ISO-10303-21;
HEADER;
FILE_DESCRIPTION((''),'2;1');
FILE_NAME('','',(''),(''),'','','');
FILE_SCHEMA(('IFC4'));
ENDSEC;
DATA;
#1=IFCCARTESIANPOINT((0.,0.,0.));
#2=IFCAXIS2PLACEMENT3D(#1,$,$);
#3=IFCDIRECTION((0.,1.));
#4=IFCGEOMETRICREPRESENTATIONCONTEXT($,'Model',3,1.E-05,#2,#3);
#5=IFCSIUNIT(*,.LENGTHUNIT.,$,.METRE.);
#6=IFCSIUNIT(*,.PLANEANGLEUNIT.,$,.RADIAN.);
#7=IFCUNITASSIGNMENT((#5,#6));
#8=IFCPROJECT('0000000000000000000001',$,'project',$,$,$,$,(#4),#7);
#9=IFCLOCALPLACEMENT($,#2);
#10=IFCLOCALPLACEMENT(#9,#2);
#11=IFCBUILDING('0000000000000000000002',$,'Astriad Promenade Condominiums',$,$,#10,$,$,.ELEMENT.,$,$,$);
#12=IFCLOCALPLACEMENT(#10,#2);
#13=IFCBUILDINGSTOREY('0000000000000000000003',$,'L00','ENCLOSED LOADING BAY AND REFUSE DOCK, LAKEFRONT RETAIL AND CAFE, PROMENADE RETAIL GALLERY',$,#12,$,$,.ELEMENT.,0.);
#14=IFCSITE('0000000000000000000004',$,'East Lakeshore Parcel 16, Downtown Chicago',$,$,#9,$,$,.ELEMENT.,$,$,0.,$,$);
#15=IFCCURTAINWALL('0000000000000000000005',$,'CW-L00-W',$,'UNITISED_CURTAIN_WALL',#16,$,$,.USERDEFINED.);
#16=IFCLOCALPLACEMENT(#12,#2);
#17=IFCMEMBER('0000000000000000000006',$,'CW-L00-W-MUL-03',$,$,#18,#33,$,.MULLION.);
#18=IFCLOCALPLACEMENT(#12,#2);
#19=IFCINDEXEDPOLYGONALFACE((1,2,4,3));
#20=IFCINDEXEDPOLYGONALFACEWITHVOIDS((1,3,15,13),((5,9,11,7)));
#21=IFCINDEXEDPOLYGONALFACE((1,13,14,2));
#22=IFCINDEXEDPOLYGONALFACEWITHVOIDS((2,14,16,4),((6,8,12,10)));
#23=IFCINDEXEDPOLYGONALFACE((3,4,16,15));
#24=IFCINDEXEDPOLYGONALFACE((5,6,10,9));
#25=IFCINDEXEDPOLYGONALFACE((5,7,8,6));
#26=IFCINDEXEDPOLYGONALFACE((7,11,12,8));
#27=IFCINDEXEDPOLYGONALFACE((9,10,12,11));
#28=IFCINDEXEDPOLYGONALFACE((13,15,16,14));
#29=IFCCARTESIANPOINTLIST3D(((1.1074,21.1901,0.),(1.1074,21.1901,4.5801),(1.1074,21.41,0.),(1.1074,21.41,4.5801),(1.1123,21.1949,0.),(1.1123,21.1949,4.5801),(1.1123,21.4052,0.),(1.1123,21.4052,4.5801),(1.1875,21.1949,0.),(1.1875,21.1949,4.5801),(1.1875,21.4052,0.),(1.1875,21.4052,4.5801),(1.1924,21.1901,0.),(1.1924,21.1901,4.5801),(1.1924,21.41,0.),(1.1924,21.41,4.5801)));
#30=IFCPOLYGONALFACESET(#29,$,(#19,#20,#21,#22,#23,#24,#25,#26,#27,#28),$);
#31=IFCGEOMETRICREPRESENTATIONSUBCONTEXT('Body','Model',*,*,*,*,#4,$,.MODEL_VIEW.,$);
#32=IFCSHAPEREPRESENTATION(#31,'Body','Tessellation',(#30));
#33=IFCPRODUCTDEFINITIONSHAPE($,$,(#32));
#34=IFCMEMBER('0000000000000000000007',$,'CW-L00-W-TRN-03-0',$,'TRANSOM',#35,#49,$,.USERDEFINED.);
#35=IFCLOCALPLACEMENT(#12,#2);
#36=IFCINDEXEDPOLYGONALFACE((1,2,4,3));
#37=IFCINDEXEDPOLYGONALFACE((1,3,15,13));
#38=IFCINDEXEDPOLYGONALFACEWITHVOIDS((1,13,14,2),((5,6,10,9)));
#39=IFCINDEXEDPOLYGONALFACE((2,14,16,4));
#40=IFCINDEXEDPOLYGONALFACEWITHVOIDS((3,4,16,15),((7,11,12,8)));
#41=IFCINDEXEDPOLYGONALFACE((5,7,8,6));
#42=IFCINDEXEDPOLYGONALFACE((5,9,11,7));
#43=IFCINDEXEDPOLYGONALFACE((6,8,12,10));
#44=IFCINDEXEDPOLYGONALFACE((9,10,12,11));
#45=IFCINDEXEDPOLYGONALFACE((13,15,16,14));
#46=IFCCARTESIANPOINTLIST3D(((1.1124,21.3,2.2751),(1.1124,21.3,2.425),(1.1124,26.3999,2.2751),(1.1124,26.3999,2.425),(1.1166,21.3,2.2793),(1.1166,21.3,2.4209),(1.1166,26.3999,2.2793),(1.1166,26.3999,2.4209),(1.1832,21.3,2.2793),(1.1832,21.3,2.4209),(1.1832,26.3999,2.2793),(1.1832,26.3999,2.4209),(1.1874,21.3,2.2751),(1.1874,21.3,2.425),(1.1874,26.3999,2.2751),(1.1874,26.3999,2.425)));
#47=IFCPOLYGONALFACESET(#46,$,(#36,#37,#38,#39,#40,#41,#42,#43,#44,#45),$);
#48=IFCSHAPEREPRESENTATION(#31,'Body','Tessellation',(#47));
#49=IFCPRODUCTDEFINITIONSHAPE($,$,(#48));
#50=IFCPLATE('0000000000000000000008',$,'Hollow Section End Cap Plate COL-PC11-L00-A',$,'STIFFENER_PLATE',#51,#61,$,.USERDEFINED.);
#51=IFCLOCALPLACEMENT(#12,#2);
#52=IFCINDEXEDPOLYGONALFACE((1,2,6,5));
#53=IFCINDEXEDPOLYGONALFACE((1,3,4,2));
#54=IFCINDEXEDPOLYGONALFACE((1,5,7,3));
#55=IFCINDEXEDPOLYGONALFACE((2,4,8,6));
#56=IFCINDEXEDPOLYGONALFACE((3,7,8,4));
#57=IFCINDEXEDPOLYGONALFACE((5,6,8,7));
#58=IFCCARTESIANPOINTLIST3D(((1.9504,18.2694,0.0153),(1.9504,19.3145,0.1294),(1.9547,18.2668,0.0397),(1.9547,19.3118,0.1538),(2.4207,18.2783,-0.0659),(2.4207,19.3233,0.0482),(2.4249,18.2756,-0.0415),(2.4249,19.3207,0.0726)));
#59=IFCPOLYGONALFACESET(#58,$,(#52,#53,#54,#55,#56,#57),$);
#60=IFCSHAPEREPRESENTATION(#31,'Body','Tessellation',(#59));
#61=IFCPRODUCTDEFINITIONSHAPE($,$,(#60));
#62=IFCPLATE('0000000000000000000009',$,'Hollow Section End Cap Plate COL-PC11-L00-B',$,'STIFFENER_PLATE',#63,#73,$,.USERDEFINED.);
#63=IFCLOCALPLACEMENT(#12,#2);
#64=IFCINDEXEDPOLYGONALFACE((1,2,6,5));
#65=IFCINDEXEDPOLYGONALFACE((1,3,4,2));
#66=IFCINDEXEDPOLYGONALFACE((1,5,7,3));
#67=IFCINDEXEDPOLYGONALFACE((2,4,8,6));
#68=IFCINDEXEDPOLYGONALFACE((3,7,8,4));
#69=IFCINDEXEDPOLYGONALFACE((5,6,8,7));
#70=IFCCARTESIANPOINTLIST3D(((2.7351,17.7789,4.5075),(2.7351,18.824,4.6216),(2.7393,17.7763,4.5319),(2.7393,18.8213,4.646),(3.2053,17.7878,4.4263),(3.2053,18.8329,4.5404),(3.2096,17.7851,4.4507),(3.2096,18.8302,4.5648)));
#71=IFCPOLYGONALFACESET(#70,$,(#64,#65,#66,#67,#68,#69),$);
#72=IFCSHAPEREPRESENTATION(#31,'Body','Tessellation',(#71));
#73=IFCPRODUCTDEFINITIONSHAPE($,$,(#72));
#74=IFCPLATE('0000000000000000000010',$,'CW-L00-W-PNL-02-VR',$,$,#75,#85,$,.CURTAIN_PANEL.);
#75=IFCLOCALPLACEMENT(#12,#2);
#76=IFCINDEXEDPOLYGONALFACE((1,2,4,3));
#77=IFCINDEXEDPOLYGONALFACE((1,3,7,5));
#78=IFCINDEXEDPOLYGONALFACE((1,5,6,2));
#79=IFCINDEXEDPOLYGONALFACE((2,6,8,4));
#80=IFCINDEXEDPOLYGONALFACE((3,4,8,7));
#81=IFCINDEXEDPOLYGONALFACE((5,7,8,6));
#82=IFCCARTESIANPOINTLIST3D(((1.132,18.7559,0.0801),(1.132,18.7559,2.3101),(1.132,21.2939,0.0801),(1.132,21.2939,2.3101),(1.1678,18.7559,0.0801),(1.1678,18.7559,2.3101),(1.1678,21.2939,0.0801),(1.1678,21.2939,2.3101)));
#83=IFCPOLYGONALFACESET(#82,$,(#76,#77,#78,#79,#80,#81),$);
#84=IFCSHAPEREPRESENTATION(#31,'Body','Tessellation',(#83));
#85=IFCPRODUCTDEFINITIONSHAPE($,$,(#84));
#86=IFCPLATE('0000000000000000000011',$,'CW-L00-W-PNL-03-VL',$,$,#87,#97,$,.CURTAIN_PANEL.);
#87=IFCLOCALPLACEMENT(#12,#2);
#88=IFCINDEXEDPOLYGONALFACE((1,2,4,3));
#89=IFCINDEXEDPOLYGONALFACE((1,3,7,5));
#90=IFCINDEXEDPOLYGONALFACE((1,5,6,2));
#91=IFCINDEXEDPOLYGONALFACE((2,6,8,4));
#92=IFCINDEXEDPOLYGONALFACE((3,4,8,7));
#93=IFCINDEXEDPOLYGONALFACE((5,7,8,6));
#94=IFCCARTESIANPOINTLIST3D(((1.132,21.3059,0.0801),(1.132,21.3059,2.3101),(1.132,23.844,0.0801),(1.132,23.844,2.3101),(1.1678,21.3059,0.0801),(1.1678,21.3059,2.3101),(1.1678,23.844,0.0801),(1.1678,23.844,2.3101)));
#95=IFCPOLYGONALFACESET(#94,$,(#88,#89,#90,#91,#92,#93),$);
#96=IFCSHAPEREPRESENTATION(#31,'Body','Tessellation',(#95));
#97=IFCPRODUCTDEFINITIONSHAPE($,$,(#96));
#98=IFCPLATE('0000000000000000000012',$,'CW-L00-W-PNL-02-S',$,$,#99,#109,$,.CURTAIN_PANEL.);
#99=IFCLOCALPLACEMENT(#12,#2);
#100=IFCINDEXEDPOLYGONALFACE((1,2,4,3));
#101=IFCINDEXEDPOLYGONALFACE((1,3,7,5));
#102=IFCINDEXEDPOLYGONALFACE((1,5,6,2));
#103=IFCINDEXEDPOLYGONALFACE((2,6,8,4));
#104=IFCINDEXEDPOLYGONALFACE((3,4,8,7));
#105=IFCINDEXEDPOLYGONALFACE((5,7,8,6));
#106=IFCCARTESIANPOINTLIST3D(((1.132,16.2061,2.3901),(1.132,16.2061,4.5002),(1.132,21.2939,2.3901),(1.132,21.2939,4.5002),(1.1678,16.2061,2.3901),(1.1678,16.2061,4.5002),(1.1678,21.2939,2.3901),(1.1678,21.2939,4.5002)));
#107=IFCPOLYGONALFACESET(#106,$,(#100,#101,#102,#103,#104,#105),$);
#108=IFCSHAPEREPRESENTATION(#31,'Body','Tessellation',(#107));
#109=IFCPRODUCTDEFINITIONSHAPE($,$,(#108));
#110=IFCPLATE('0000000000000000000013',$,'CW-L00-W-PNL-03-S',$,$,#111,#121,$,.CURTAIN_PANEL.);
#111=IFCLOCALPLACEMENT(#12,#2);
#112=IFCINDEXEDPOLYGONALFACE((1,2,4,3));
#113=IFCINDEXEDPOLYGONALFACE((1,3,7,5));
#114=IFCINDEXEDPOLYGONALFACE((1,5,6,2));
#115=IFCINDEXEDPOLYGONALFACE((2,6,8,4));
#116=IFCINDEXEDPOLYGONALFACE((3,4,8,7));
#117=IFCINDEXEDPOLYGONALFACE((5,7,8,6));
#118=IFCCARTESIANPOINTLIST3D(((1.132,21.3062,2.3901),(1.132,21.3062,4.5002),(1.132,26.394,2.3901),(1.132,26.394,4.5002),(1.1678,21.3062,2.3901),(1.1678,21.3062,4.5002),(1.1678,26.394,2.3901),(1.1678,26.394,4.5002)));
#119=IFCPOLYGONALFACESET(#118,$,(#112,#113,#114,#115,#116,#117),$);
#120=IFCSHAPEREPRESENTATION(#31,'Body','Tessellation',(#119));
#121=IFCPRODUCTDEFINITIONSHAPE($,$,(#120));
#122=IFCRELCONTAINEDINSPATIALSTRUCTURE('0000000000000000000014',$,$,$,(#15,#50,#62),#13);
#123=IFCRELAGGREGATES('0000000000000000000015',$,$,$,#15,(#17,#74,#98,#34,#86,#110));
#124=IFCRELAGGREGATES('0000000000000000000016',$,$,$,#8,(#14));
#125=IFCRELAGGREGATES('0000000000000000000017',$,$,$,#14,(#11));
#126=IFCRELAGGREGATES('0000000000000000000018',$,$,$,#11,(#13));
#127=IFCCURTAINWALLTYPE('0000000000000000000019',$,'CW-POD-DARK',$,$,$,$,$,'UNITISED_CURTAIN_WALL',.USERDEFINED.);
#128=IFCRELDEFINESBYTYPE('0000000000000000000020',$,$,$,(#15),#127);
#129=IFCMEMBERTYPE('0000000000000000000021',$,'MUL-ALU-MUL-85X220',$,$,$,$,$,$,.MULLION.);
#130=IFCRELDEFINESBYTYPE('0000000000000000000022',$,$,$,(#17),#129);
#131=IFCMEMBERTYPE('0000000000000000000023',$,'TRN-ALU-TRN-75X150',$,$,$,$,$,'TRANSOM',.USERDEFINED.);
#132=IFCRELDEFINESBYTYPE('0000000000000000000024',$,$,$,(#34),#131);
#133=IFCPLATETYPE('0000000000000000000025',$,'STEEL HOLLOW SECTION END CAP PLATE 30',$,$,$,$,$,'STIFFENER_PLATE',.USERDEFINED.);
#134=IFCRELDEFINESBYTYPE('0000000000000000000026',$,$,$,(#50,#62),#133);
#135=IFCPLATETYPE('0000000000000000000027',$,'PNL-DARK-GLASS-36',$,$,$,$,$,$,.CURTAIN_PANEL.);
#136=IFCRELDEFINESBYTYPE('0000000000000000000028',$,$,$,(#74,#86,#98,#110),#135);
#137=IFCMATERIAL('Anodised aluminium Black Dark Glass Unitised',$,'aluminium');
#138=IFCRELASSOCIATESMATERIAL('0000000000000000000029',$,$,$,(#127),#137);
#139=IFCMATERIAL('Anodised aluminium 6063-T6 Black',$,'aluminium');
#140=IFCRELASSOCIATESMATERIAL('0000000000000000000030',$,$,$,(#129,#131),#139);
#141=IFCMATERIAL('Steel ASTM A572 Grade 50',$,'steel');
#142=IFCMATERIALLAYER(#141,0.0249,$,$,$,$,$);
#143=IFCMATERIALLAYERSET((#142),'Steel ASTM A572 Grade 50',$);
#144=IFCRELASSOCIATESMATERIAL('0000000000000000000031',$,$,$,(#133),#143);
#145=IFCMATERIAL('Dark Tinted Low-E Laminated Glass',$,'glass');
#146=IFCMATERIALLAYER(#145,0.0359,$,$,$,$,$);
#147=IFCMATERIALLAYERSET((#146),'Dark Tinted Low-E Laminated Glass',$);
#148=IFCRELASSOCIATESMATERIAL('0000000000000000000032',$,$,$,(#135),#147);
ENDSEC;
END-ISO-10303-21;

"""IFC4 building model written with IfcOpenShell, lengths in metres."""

from ifc_helpers import new_model, si_unit, direction, frame, origin, origin_2d, place, context, subcontext, project, spatial, rectangle, hollow_rectangle, extrude, source, transform, mapped, material, layer, layer_set, material_profile, profile_set, type_object, type_shapes, element, aggregate, save


model = new_model("IFC4")

# Units and contexts
model_context = context("Model", 3, precision=1e-05, world=origin(), true_north=direction((0.0, 1.0)))
body_context = subcontext(model_context, "Body", "Model", "MODEL_VIEW")
ifc_project = project(units=[si_unit("LENGTHUNIT", "METRE"), si_unit("PLANEANGLEUNIT", "RADIAN")], contexts=[model_context])

# Site, building, storey
site_placement = place(None, origin())
site = spatial("IfcSite", under=ifc_project, at=site_placement, Name="East Lakeshore Parcel 16, Downtown Chicago", CompositionType="ELEMENT", RefElevation=0.0)
building_placement = place(site_placement, origin())
building = spatial("IfcBuilding", under=site, at=building_placement, Name="Astriad Promenade Condominiums", CompositionType="ELEMENT")
storey_placement = place(building_placement, origin())
storey = spatial("IfcBuildingStorey", under=building, at=storey_placement, Name="L00", Description="ENCLOSED LOADING BAY AND REFUSE DOCK, LAKEFRONT RETAIL AND CAFE, PROMENADE RETAIL GALLERY", CompositionType="ELEMENT", Elevation=0.0)

# Curtain wall, members
ifc_material_1 = material(Name="Anodised aluminium Black Dark Glass Unitised", Category="aluminium")
curtain_wall_type = type_object("IfcCurtainWallType", Name="CW-POD-DARK", ElementType="UNITISED_CURTAIN_WALL", PredefinedType="USERDEFINED", material=ifc_material_1)
curtain_wall_placement = place(storey_placement, origin())
curtain_wall = element("IfcCurtainWall", 1, at=curtain_wall_placement, inside=storey, type_object=curtain_wall_type, Name="CW-L00-W", ObjectType="UNITISED_CURTAIN_WALL", PredefinedType="USERDEFINED")
ifc_material_2 = material(Name="Anodised aluminium 6063-T6 Black", Category="aluminium")
ifc_material_profile_1 = material_profile(ifc_material_2, hollow_rectangle(XDim=0.085, YDim=0.22, WallThickness=0.0049, at=origin_2d()), Name="ALU-MUL-85X220")
ifc_profile_set_1 = profile_set([ifc_material_profile_1], Name="Anodised aluminium 6063-T6 Black")
member_type_1 = type_object("IfcMemberType", Name="MUL-ALU-MUL-85X220", PredefinedType="MULLION", material=ifc_profile_set_1)
shared_shape_1 = source(origin(), body_context, "Body", "SweptSolid", [
    extrude(hollow_rectangle(XDim=0.085, YDim=0.22, WallThickness=0.0049, at=origin_2d()), origin(), (0.0, 0.0, 1.0), 4.5801),
])
type_shapes(member_type_1, [shared_shape_1])
member_1_placement = place(storey_placement, frame((1.1499, 21.3, 0.0), z_axis=(0.0, 0.0, 1.0), x_axis=(1.0, 0.0, 0.0)))
member_1 = element("IfcMember", 2, at=member_1_placement, type_object=member_type_1, Name="CW-L00-W-MUL-03", PredefinedType="MULLION", context=body_context, shape_type="MappedRepresentation", body=[
    mapped(shared_shape_1, transform((0.0, 0.0, 0.0), scale=1.0)),
])
ifc_material_profile_2 = material_profile(ifc_material_2, hollow_rectangle(XDim=0.075, YDim=0.1499, WallThickness=0.0042, at=origin_2d()), Name="ALU-TRN-75X150")
ifc_profile_set_2 = profile_set([ifc_material_profile_2], Name="Anodised aluminium 6063-T6 Black")
member_type_2 = type_object("IfcMemberType", Name="TRN-ALU-TRN-75X150", ElementType="TRANSOM", PredefinedType="USERDEFINED", material=ifc_profile_set_2)
shared_shape_2 = source(origin(), body_context, "Body", "SweptSolid", [
    extrude(hollow_rectangle(XDim=0.075, YDim=0.1499, WallThickness=0.0042, at=origin_2d()), origin(), (0.0, 0.0, 1.0), 5.0999),
])
type_shapes(member_type_2, [shared_shape_2])
member_2_placement = place(storey_placement, frame((1.1499, 21.3, 2.3501), z_axis=(0.0, 1.0, 0.0), x_axis=(-1.0, 0.0, 0.0)))
member_2 = element("IfcMember", 3, at=member_2_placement, type_object=member_type_2, Name="CW-L00-W-TRN-03-0", ObjectType="TRANSOM", PredefinedType="USERDEFINED", context=body_context, shape_type="MappedRepresentation", body=[
    mapped(shared_shape_2, transform((0.0, 0.0, 0.0), scale=1.0)),
])

# Plates
ifc_material_3 = material(Name="Steel ASTM A572 Grade 50", Category="steel")
ifc_layer_1 = layer(ifc_material_3, 0.0249)
ifc_layer_set_1 = layer_set([ifc_layer_1], Name="Steel ASTM A572 Grade 50")
plate_type_1 = type_object("IfcPlateType", Name="STEEL HOLLOW SECTION END CAP PLATE 30", ElementType="STIFFENER_PLATE", PredefinedType="USERDEFINED", material=ifc_layer_set_1)
shared_shape_3 = source(origin(), body_context, "Body", "SweptSolid", [
    extrude(rectangle(XDim=0.4773, YDim=1.0513, at=origin_2d()), origin(), (0.0, 0.0, 1.0), 0.0249),
])
type_shapes(plate_type_1, [shared_shape_3])
for number, where, z_axis, x_axis, name in (
    (4, (2.1855, 18.7964, 0.0317), (0.17108, -0.106936, 0.979437), (1.0, 0.0, 0.0), "Hollow Section End Cap Plate COL-PC11-L00-A"),
    (5, (2.9702, 18.3059, 4.5239), (0.17108, -0.106936, 0.979437), (1.0, 0.0, 0.0), "Hollow Section End Cap Plate COL-PC11-L00-B"),
):
    element("IfcPlate", number, at=place(storey_placement, frame(where, z_axis=z_axis, x_axis=x_axis)), inside=storey, type_object=plate_type_1, Name=name, ObjectType="STIFFENER_PLATE", PredefinedType="USERDEFINED", context=body_context, shape_type="MappedRepresentation", body=[
        mapped(shared_shape_3, transform((0.0, 0.0, 0.0), scale=1.0)),
    ])

# Plates
ifc_material_4 = material(Name="Dark Tinted Low-E Laminated Glass", Category="glass")
ifc_layer_2 = layer(ifc_material_4, 0.0359)
ifc_layer_set_2 = layer_set([ifc_layer_2], Name="Dark Tinted Low-E Laminated Glass")
plate_type_2 = type_object("IfcPlateType", Name="PNL-DARK-GLASS-36", PredefinedType="CURTAIN_PANEL", material=ifc_layer_set_2)
shared_shape_4 = source(origin(), body_context, "Body", "SweptSolid", [
    extrude(rectangle(XDim=2.5381, YDim=0.0359, at=origin_2d()), origin(), (0.0, 0.0, 1.0), 2.23),
])
plate_1_placement = place(storey_placement, frame((1.1499, 20.0249, 0.0801), z_axis=(0.0, 0.0, 1.0), x_axis=(0.0, 1.0, 0.0)))
plate_1 = element("IfcPlate", 6, at=plate_1_placement, type_object=plate_type_2, Name="CW-L00-W-PNL-02-VR", PredefinedType="CURTAIN_PANEL", context=body_context, shape_type="MappedRepresentation", body=[
    mapped(shared_shape_4, transform((0.0, 0.0, 0.0), scale=1.0)),
])
plate_2_placement = place(storey_placement, frame((1.1499, 22.575, 0.0801), z_axis=(0.0, 0.0, 1.0), x_axis=(0.0, 1.0, 0.0)))
plate_2 = element("IfcPlate", 7, at=plate_2_placement, type_object=plate_type_2, Name="CW-L00-W-PNL-03-VL", PredefinedType="CURTAIN_PANEL", context=body_context, shape_type="MappedRepresentation", body=[
    mapped(shared_shape_4, transform((0.0, 0.0, 0.0), scale=1.0)),
])
shared_shape_5 = source(origin(), body_context, "Body", "SweptSolid", [
    extrude(rectangle(XDim=5.0879, YDim=0.0359, at=origin_2d()), origin(), (0.0, 0.0, 1.0), 2.1101),
])
type_shapes(plate_type_2, [shared_shape_4, shared_shape_5])
plate_3_placement = place(storey_placement, frame((1.1499, 18.75, 2.3901), z_axis=(0.0, 0.0, 1.0), x_axis=(0.0, 1.0, 0.0)))
plate_3 = element("IfcPlate", 8, at=plate_3_placement, type_object=plate_type_2, Name="CW-L00-W-PNL-02-S", PredefinedType="CURTAIN_PANEL", context=body_context, shape_type="MappedRepresentation", body=[
    mapped(shared_shape_5, transform((0.0, 0.0, 0.0), scale=1.0)),
])
plate_4_placement = place(storey_placement, frame((1.1499, 23.8501, 2.3901), z_axis=(0.0, 0.0, 1.0), x_axis=(0.0, 1.0, 0.0)))
plate_4 = element("IfcPlate", 9, at=plate_4_placement, type_object=plate_type_2, Name="CW-L00-W-PNL-03-S", PredefinedType="CURTAIN_PANEL", context=body_context, shape_type="MappedRepresentation", body=[
    mapped(shared_shape_5, transform((0.0, 0.0, 0.0), scale=1.0)),
])
aggregate(curtain_wall, [member_1, plate_1, plate_3, member_2, plate_2, plate_4])

save(model, "model.ifc")
